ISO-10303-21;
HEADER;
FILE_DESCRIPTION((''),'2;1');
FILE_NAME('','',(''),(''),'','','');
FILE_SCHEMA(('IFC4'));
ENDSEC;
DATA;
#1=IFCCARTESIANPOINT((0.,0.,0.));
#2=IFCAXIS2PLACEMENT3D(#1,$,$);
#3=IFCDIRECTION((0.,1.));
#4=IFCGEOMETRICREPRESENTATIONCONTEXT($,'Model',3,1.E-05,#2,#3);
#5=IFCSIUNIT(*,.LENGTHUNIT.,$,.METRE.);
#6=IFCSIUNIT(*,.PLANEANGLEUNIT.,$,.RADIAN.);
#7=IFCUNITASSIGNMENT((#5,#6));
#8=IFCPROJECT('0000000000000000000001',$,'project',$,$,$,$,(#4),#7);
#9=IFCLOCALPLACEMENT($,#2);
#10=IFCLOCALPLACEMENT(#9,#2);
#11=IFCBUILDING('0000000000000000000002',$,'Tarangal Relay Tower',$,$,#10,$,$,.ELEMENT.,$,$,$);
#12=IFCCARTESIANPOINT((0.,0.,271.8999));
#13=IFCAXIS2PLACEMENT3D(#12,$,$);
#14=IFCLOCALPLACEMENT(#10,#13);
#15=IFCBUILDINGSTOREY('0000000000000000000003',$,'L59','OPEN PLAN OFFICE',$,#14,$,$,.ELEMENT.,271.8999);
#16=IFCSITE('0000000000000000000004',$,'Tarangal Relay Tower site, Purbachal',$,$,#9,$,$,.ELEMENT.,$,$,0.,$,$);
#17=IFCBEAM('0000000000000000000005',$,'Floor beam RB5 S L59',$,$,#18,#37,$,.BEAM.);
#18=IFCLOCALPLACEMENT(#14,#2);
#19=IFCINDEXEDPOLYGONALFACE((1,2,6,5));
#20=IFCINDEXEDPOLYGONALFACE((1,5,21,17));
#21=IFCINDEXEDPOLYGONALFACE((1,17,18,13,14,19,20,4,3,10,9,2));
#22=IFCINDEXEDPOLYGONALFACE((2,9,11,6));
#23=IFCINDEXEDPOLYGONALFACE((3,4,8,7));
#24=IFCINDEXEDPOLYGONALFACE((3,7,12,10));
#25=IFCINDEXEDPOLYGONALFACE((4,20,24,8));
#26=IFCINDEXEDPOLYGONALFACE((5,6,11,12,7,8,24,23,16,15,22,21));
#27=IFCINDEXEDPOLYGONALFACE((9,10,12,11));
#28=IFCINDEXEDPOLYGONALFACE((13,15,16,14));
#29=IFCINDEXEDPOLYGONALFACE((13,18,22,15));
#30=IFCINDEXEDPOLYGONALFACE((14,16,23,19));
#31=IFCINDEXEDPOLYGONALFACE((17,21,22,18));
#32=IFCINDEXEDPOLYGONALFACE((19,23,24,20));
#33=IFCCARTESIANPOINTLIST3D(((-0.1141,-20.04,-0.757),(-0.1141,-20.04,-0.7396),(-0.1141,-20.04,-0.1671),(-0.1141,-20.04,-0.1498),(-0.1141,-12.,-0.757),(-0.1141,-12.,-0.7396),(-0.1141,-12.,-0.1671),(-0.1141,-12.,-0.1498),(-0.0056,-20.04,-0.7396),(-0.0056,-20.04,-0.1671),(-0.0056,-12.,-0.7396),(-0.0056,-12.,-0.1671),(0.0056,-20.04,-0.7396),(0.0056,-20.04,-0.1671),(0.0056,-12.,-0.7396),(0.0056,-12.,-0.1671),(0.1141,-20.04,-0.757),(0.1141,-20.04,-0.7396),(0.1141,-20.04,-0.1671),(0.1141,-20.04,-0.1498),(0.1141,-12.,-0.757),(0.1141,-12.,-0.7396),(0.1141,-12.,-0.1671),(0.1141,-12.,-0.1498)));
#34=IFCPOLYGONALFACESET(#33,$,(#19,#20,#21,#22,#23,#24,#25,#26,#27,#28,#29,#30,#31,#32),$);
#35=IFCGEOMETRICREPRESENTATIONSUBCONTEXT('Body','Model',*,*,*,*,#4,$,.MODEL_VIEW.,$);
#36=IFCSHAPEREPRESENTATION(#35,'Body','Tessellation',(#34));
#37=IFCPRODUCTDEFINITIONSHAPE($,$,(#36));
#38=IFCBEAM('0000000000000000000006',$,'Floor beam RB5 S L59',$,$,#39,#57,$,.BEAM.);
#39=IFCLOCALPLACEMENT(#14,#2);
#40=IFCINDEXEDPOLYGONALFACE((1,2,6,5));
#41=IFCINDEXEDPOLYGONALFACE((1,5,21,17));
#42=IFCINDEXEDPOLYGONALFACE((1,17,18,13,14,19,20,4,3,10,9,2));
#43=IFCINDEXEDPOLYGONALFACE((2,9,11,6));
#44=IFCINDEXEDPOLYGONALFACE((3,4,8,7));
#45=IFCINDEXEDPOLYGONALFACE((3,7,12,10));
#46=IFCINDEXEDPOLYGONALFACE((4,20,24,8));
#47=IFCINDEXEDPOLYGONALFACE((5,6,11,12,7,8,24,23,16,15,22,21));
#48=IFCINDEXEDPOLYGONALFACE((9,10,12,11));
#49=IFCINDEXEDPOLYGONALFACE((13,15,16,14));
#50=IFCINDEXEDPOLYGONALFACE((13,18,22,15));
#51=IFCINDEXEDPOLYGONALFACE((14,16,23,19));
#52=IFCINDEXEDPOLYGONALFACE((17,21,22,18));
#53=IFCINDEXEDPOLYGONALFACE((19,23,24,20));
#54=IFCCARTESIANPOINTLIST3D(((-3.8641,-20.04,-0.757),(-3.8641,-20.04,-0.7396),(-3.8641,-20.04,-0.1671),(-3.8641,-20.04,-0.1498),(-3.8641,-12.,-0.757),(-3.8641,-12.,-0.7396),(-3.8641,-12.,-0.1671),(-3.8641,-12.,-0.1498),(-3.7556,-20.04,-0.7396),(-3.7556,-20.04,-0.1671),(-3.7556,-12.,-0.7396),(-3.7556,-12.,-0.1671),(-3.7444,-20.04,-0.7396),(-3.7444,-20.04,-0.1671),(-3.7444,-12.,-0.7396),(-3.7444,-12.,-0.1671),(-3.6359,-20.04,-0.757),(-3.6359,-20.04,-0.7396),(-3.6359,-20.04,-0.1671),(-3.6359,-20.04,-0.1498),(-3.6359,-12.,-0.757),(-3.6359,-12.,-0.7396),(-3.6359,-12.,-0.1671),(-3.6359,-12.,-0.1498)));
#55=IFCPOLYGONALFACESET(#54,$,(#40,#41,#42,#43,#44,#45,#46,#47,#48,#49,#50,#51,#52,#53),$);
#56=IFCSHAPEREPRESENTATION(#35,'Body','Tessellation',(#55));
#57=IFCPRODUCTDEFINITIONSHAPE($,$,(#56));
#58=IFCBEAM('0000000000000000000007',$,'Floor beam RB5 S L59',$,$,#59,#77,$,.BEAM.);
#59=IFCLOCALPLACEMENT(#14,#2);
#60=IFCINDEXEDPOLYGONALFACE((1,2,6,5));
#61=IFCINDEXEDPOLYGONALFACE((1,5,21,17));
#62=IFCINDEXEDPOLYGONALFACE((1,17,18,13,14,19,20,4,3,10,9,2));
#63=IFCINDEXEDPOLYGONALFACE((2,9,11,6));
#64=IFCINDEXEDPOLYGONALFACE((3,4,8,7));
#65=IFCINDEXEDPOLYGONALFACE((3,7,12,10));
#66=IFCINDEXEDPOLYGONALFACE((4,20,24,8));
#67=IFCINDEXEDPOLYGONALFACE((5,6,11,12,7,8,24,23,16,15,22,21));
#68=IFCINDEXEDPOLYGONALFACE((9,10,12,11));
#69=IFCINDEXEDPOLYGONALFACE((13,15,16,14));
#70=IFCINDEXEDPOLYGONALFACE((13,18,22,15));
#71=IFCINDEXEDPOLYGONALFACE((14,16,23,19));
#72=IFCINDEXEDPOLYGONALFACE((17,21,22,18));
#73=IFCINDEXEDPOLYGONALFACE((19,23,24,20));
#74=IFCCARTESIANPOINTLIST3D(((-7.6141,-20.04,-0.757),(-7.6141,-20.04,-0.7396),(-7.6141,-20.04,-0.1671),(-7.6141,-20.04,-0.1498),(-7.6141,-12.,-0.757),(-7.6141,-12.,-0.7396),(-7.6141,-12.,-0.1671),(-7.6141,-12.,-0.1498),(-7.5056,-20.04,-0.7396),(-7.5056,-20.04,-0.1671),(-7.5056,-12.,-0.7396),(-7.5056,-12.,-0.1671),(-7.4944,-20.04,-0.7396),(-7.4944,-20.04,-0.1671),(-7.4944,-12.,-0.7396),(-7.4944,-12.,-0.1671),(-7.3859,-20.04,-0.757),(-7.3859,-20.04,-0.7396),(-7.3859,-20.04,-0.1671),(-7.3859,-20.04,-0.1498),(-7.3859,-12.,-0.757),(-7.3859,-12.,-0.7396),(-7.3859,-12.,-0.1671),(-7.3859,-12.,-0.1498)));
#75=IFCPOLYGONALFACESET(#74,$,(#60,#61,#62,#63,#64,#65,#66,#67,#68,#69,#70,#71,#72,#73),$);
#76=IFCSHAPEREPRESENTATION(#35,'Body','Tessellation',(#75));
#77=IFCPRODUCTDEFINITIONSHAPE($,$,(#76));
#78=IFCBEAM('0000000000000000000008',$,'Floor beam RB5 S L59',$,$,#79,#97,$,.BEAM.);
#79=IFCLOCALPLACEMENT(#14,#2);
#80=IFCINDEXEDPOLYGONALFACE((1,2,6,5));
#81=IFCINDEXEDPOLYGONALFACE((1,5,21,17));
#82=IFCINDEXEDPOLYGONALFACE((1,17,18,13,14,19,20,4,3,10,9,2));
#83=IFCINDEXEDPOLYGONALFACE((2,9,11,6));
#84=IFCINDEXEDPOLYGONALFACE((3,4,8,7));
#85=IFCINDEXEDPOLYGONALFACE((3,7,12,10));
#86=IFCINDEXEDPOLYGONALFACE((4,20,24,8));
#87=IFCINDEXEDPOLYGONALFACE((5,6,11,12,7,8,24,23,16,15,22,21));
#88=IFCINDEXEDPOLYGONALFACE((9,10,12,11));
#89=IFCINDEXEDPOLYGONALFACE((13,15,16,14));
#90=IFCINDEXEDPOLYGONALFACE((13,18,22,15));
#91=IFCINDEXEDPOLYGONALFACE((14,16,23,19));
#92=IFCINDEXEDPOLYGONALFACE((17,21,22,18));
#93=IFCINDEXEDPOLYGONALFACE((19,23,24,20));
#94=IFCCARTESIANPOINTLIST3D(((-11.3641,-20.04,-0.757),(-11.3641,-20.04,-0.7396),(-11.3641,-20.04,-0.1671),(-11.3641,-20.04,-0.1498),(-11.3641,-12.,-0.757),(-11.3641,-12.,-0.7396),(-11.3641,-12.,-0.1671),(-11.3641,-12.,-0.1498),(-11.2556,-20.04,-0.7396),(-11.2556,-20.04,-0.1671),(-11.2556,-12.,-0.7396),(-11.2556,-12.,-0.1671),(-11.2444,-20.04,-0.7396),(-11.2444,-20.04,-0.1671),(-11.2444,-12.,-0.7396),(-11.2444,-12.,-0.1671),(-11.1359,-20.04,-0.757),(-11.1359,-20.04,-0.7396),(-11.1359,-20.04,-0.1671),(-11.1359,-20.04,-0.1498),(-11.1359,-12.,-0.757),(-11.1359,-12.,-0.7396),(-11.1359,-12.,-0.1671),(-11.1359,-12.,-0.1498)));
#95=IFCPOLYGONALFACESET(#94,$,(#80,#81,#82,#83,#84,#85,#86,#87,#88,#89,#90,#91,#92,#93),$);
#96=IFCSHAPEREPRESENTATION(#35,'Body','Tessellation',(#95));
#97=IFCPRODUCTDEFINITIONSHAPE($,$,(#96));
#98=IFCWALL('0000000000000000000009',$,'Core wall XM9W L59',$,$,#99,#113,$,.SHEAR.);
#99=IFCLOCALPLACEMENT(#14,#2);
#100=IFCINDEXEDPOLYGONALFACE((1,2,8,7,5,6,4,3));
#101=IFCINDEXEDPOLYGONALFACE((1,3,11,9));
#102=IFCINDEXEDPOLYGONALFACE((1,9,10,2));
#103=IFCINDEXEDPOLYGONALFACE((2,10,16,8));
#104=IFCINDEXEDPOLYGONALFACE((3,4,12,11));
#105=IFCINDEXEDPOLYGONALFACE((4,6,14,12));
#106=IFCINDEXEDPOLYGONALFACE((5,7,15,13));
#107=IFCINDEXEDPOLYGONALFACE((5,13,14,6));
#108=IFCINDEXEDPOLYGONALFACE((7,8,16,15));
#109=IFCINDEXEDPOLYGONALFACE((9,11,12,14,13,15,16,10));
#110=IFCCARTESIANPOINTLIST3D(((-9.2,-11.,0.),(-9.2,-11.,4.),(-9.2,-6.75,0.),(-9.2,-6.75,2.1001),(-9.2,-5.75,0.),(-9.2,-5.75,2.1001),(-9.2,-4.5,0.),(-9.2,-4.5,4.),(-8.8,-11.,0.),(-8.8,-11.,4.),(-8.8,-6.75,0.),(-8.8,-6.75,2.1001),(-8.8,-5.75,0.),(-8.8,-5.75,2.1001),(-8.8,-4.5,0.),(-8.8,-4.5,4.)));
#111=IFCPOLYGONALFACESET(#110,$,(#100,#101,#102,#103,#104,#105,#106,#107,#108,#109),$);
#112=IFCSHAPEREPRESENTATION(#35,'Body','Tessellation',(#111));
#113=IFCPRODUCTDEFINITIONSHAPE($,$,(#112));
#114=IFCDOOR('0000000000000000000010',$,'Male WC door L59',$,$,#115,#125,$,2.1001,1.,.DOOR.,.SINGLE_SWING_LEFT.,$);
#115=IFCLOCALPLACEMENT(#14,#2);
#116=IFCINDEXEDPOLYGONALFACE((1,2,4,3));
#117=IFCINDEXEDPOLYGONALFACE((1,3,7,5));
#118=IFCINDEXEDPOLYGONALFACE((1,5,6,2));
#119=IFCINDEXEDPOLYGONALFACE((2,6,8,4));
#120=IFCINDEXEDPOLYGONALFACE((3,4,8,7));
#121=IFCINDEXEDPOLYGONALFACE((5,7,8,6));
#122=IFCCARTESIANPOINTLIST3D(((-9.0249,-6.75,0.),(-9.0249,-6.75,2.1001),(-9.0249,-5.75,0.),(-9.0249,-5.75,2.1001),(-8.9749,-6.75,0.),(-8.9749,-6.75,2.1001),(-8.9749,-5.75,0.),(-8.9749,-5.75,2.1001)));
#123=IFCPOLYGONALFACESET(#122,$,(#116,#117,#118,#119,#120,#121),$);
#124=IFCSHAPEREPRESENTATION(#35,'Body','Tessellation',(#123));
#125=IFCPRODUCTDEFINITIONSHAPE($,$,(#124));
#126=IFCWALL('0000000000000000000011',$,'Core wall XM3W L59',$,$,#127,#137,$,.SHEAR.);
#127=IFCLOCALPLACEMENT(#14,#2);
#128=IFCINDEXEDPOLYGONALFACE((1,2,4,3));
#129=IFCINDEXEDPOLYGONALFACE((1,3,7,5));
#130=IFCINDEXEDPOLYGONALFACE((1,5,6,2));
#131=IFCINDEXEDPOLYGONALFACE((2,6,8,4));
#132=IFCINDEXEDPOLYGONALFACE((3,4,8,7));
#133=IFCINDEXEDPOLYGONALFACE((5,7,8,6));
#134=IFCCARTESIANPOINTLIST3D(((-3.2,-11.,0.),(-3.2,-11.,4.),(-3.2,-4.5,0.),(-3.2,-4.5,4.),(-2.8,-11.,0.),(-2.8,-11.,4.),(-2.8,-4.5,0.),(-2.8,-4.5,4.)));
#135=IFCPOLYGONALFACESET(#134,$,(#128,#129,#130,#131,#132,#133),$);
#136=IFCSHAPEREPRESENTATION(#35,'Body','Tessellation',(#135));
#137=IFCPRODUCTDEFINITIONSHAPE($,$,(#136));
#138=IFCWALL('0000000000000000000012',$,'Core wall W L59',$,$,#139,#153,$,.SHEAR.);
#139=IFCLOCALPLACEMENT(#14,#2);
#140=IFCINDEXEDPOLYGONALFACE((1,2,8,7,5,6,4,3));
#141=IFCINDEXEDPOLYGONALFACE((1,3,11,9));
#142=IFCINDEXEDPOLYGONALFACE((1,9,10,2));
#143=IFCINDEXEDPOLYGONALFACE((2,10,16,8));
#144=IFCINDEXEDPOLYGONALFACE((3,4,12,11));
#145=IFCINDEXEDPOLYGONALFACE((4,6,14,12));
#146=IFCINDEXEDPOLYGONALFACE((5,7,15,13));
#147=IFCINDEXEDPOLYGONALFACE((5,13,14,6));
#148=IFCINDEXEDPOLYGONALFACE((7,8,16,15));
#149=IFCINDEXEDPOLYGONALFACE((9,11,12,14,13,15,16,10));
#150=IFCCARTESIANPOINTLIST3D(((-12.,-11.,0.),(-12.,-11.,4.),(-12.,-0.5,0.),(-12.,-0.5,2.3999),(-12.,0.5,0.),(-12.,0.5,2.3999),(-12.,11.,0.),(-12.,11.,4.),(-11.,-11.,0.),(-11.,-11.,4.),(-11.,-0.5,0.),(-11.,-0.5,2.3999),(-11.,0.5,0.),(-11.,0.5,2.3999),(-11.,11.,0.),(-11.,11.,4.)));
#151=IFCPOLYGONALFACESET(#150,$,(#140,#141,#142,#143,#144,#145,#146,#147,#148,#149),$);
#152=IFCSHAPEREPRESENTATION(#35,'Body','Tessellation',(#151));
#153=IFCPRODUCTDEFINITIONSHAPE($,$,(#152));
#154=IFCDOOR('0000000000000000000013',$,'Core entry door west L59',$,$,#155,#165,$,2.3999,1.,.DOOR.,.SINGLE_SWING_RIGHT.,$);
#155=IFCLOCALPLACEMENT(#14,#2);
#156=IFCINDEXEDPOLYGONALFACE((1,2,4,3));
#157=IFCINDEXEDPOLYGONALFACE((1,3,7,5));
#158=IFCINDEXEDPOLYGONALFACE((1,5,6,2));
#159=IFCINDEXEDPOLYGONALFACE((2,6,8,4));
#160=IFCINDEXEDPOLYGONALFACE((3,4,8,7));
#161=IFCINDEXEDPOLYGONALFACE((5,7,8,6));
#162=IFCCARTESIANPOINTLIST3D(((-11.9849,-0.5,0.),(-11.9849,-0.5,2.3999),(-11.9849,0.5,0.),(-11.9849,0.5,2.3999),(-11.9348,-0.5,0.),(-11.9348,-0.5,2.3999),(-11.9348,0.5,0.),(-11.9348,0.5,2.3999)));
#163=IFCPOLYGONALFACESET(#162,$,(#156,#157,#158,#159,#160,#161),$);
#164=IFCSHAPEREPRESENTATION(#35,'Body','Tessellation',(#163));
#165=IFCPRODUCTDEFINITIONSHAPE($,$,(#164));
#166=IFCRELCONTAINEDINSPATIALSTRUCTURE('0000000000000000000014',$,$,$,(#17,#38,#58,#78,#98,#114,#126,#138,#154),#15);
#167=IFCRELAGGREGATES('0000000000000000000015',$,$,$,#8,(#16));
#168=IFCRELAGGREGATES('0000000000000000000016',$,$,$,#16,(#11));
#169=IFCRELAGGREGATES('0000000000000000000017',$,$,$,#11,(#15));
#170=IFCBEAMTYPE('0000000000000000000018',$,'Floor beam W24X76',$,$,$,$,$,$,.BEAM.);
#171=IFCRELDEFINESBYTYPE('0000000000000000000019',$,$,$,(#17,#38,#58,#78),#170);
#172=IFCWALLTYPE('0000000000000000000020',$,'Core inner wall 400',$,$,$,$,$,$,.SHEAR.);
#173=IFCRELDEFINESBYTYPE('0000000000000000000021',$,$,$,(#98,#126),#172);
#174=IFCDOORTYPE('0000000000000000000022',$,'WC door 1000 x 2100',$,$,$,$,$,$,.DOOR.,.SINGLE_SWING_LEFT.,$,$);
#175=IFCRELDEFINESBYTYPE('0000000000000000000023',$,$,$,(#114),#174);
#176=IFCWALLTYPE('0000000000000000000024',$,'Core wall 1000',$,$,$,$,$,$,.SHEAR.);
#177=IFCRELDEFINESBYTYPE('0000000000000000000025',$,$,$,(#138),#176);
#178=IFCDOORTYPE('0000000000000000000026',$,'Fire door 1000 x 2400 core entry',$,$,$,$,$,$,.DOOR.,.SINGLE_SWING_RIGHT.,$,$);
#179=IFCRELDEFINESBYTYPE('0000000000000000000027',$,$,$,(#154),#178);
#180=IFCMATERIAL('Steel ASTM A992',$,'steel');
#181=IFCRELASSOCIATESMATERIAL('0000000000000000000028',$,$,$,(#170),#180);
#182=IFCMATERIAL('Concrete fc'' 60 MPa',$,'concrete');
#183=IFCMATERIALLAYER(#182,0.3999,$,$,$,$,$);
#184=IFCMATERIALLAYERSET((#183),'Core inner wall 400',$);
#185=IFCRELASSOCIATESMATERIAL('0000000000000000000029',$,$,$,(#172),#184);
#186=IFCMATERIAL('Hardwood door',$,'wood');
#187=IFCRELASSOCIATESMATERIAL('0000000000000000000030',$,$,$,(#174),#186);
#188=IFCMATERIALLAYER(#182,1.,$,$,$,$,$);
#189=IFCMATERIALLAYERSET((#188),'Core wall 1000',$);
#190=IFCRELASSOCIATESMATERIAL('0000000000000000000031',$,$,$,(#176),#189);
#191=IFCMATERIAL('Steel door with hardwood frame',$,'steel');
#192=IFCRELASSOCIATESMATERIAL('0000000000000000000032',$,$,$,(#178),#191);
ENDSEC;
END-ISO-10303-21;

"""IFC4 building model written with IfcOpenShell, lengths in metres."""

from ifc_helpers import new_model, si_unit, direction, frame, frame_2d, origin, origin_2d, place, context, subcontext, project, spatial, rectangle, i_section, extrude, material, layer, layer_set, material_profile, profile_set, type_object, element, fill, save


model = new_model("IFC4")

# Units and contexts
model_context = context("Model", 3, precision=1e-05, world=origin(), true_north=direction((0.0, 1.0)))
body_context = subcontext(model_context, "Body", "Model", "MODEL_VIEW")
ifc_project = project(units=[si_unit("LENGTHUNIT", "METRE"), si_unit("PLANEANGLEUNIT", "RADIAN")], contexts=[model_context])

# Site, building, storey
site_placement = place(None, origin())
site = spatial("IfcSite", under=ifc_project, at=site_placement, Name="Tarangal Relay Tower site, Purbachal", CompositionType="ELEMENT", RefElevation=0.0)
building_placement = place(site_placement, origin())
building = spatial("IfcBuilding", under=site, at=building_placement, Name="Tarangal Relay Tower", CompositionType="ELEMENT")
storey_placement = place(building_placement, frame((0.0, 0.0, 271.8999)))
storey = spatial("IfcBuildingStorey", under=building, at=storey_placement, Name="L59", Description="OPEN PLAN OFFICE", CompositionType="ELEMENT", Elevation=271.8999)

# Beams
ifc_material_1 = material(Name="Steel ASTM A992", Category="steel")
ifc_material_profile = material_profile(ifc_material_1, i_section(OverallWidth=0.2283, OverallDepth=0.6072, WebThickness=0.0112, FlangeThickness=0.0173, at=origin_2d()), Name="W24X76")
ifc_profile_set = profile_set([ifc_material_profile], Name="Steel ASTM A992")
beam_type = type_object("IfcBeamType", Name="Floor beam W24X76", PredefinedType="BEAM", material=ifc_profile_set)
for number, where, z_axis, x_axis, name in (
    (1, (0.0, -12.0, -0.4534), (0.0, -1.0, 0.0), (1.0, 0.0, 0.0), "Floor beam RB5 S L59"),
    (2, (-3.75, -12.0, -0.4534), (0.0, -1.0, 0.0), (1.0, 0.0, 0.0), "Floor beam RB5 S L59"),
    (3, (-7.5, -12.0, -0.4534), (0.0, -1.0, 0.0), (1.0, 0.0, 0.0), "Floor beam RB5 S L59"),
    (4, (-11.25, -12.0, -0.4534), (0.0, -1.0, 0.0), (1.0, 0.0, 0.0), "Floor beam RB5 S L59"),
):
    element("IfcBeam", number, at=place(storey_placement, frame(where, z_axis=z_axis, x_axis=x_axis)), inside=storey, type_object=beam_type, Name=name, PredefinedType="BEAM", context=body_context, shape_type="SweptSolid", body=[
        extrude(i_section(OverallWidth=0.2283, OverallDepth=0.6072, WebThickness=0.0112, FlangeThickness=0.0173, at=origin_2d()), origin(), (0.0, 0.0, 1.0), 8.04),
    ])

# Wall, opening, door
ifc_material_2 = material(Name="Concrete fc' 60 MPa", Category="concrete")
ifc_layer_1 = layer(ifc_material_2, 0.3999)
ifc_layer_set_1 = layer_set([ifc_layer_1], Name="Core inner wall 400")
wall_type_1 = type_object("IfcWallType", Name="Core inner wall 400", PredefinedType="SHEAR", material=ifc_layer_set_1)
wall_1_placement = place(storey_placement, frame((-9.0, -11.0, 0.0), z_axis=(0.0, 0.0, 1.0), x_axis=(0.0, 1.0, 0.0)))
wall_1 = element("IfcWall", 5, at=wall_1_placement, inside=storey, type_object=wall_type_1, Name="Core wall XM9W L59", PredefinedType="SHEAR", context=body_context, shape_type="SweptSolid", body=[
    extrude(rectangle(XDim=6.5, YDim=0.3999, at=frame_2d((3.25, 0.0))), origin(), (0.0, 0.0, 1.0), 4.0),
])
opening_1_placement = place(wall_1_placement, frame((4.25, 0.0, 0.0)))
opening_1 = element("IfcOpeningElement", 6, at=opening_1_placement, cuts=wall_1, PredefinedType="OPENING", context=body_context, shape_type="SweptSolid", body=[
    extrude(rectangle(XDim=1.0, YDim=2.1001, at=frame_2d((0.5, 1.05))), frame((0.0, 0.21, 0.0), z_axis=(0.0, -1.0, 0.0), x_axis=(1.0, 0.0, 0.0)), (0.0, 0.0, 1.0), 0.4199),
])
ifc_material_3 = material(Name="Hardwood door", Category="wood")
door_type_1 = type_object("IfcDoorType", Name="WC door 1000 x 2100", OperationType="SINGLE_SWING_LEFT", PredefinedType="DOOR", material=ifc_material_3)
door_1_placement = place(opening_1_placement, origin())
door_1 = element("IfcDoor", 7, at=door_1_placement, inside=storey, type_object=door_type_1, Name="Male WC door L59", OperationType="SINGLE_SWING_LEFT", OverallHeight=2.1001, OverallWidth=1.0, PredefinedType="DOOR", context=body_context, shape_type="SweptSolid", body=[
    extrude(rectangle(XDim=1.0, YDim=2.1001, at=frame_2d((0.5, 1.05))), frame((0.0, 0.0249, 0.0), z_axis=(0.0, -1.0, 0.0), x_axis=(1.0, 0.0, 0.0)), (0.0, 0.0, 1.0), 0.05),
])
fill(opening_1, door_1)

# Wall
wall_2_placement = place(storey_placement, frame((-3.0, -11.0, 0.0), z_axis=(0.0, 0.0, 1.0), x_axis=(0.0, 1.0, 0.0)))
element("IfcWall", 8, at=wall_2_placement, inside=storey, type_object=wall_type_1, Name="Core wall XM3W L59", PredefinedType="SHEAR", context=body_context, shape_type="SweptSolid", body=[
    extrude(rectangle(XDim=6.5, YDim=0.3999, at=frame_2d((3.25, 0.0))), origin(), (0.0, 0.0, 1.0), 4.0),
])

# Wall, opening, door
ifc_layer_2 = layer(ifc_material_2, 1.0)
ifc_layer_set_2 = layer_set([ifc_layer_2], Name="Core wall 1000")
wall_type_2 = type_object("IfcWallType", Name="Core wall 1000", PredefinedType="SHEAR", material=ifc_layer_set_2)
wall_3_placement = place(storey_placement, frame((-11.5, -11.0, 0.0), z_axis=(0.0, 0.0, 1.0), x_axis=(0.0, 1.0, 0.0)))
wall_3 = element("IfcWall", 9, at=wall_3_placement, inside=storey, type_object=wall_type_2, Name="Core wall W L59", PredefinedType="SHEAR", context=body_context, shape_type="SweptSolid", body=[
    extrude(rectangle(XDim=22.0, YDim=1.0, at=frame_2d((11.0, 0.0))), origin(), (0.0, 0.0, 1.0), 4.0),
])
opening_2_placement = place(wall_3_placement, frame((10.5, 0.0, 0.0)))
opening_2 = element("IfcOpeningElement", 10, at=opening_2_placement, cuts=wall_3, PredefinedType="OPENING", context=body_context, shape_type="SweptSolid", body=[
    extrude(rectangle(XDim=1.0, YDim=2.3999, at=frame_2d((0.5, 1.2))), frame((0.0, 0.51, 0.0), z_axis=(0.0, -1.0, 0.0), x_axis=(1.0, 0.0, 0.0)), (0.0, 0.0, 1.0), 1.02),
])
ifc_material_4 = material(Name="Steel door with hardwood frame", Category="steel")
door_type_2 = type_object("IfcDoorType", Name="Fire door 1000 x 2400 core entry", OperationType="SINGLE_SWING_RIGHT", PredefinedType="DOOR", material=ifc_material_4)
door_2_placement = place(opening_2_placement, origin())
door_2 = element("IfcDoor", 11, at=door_2_placement, inside=storey, type_object=door_type_2, Name="Core entry door west L59", OperationType="SINGLE_SWING_RIGHT", OverallHeight=2.3999, OverallWidth=1.0, PredefinedType="DOOR", context=body_context, shape_type="SweptSolid", body=[
    extrude(rectangle(XDim=1.0, YDim=2.3999, at=frame_2d((0.5, 1.2))), frame((0.0, 0.4849, 0.0), z_axis=(0.0, -1.0, 0.0), x_axis=(1.0, 0.0, 0.0)), (0.0, 0.0, 1.0), 0.05),
])
fill(opening_2, door_2)

save(model, "model.ifc")
